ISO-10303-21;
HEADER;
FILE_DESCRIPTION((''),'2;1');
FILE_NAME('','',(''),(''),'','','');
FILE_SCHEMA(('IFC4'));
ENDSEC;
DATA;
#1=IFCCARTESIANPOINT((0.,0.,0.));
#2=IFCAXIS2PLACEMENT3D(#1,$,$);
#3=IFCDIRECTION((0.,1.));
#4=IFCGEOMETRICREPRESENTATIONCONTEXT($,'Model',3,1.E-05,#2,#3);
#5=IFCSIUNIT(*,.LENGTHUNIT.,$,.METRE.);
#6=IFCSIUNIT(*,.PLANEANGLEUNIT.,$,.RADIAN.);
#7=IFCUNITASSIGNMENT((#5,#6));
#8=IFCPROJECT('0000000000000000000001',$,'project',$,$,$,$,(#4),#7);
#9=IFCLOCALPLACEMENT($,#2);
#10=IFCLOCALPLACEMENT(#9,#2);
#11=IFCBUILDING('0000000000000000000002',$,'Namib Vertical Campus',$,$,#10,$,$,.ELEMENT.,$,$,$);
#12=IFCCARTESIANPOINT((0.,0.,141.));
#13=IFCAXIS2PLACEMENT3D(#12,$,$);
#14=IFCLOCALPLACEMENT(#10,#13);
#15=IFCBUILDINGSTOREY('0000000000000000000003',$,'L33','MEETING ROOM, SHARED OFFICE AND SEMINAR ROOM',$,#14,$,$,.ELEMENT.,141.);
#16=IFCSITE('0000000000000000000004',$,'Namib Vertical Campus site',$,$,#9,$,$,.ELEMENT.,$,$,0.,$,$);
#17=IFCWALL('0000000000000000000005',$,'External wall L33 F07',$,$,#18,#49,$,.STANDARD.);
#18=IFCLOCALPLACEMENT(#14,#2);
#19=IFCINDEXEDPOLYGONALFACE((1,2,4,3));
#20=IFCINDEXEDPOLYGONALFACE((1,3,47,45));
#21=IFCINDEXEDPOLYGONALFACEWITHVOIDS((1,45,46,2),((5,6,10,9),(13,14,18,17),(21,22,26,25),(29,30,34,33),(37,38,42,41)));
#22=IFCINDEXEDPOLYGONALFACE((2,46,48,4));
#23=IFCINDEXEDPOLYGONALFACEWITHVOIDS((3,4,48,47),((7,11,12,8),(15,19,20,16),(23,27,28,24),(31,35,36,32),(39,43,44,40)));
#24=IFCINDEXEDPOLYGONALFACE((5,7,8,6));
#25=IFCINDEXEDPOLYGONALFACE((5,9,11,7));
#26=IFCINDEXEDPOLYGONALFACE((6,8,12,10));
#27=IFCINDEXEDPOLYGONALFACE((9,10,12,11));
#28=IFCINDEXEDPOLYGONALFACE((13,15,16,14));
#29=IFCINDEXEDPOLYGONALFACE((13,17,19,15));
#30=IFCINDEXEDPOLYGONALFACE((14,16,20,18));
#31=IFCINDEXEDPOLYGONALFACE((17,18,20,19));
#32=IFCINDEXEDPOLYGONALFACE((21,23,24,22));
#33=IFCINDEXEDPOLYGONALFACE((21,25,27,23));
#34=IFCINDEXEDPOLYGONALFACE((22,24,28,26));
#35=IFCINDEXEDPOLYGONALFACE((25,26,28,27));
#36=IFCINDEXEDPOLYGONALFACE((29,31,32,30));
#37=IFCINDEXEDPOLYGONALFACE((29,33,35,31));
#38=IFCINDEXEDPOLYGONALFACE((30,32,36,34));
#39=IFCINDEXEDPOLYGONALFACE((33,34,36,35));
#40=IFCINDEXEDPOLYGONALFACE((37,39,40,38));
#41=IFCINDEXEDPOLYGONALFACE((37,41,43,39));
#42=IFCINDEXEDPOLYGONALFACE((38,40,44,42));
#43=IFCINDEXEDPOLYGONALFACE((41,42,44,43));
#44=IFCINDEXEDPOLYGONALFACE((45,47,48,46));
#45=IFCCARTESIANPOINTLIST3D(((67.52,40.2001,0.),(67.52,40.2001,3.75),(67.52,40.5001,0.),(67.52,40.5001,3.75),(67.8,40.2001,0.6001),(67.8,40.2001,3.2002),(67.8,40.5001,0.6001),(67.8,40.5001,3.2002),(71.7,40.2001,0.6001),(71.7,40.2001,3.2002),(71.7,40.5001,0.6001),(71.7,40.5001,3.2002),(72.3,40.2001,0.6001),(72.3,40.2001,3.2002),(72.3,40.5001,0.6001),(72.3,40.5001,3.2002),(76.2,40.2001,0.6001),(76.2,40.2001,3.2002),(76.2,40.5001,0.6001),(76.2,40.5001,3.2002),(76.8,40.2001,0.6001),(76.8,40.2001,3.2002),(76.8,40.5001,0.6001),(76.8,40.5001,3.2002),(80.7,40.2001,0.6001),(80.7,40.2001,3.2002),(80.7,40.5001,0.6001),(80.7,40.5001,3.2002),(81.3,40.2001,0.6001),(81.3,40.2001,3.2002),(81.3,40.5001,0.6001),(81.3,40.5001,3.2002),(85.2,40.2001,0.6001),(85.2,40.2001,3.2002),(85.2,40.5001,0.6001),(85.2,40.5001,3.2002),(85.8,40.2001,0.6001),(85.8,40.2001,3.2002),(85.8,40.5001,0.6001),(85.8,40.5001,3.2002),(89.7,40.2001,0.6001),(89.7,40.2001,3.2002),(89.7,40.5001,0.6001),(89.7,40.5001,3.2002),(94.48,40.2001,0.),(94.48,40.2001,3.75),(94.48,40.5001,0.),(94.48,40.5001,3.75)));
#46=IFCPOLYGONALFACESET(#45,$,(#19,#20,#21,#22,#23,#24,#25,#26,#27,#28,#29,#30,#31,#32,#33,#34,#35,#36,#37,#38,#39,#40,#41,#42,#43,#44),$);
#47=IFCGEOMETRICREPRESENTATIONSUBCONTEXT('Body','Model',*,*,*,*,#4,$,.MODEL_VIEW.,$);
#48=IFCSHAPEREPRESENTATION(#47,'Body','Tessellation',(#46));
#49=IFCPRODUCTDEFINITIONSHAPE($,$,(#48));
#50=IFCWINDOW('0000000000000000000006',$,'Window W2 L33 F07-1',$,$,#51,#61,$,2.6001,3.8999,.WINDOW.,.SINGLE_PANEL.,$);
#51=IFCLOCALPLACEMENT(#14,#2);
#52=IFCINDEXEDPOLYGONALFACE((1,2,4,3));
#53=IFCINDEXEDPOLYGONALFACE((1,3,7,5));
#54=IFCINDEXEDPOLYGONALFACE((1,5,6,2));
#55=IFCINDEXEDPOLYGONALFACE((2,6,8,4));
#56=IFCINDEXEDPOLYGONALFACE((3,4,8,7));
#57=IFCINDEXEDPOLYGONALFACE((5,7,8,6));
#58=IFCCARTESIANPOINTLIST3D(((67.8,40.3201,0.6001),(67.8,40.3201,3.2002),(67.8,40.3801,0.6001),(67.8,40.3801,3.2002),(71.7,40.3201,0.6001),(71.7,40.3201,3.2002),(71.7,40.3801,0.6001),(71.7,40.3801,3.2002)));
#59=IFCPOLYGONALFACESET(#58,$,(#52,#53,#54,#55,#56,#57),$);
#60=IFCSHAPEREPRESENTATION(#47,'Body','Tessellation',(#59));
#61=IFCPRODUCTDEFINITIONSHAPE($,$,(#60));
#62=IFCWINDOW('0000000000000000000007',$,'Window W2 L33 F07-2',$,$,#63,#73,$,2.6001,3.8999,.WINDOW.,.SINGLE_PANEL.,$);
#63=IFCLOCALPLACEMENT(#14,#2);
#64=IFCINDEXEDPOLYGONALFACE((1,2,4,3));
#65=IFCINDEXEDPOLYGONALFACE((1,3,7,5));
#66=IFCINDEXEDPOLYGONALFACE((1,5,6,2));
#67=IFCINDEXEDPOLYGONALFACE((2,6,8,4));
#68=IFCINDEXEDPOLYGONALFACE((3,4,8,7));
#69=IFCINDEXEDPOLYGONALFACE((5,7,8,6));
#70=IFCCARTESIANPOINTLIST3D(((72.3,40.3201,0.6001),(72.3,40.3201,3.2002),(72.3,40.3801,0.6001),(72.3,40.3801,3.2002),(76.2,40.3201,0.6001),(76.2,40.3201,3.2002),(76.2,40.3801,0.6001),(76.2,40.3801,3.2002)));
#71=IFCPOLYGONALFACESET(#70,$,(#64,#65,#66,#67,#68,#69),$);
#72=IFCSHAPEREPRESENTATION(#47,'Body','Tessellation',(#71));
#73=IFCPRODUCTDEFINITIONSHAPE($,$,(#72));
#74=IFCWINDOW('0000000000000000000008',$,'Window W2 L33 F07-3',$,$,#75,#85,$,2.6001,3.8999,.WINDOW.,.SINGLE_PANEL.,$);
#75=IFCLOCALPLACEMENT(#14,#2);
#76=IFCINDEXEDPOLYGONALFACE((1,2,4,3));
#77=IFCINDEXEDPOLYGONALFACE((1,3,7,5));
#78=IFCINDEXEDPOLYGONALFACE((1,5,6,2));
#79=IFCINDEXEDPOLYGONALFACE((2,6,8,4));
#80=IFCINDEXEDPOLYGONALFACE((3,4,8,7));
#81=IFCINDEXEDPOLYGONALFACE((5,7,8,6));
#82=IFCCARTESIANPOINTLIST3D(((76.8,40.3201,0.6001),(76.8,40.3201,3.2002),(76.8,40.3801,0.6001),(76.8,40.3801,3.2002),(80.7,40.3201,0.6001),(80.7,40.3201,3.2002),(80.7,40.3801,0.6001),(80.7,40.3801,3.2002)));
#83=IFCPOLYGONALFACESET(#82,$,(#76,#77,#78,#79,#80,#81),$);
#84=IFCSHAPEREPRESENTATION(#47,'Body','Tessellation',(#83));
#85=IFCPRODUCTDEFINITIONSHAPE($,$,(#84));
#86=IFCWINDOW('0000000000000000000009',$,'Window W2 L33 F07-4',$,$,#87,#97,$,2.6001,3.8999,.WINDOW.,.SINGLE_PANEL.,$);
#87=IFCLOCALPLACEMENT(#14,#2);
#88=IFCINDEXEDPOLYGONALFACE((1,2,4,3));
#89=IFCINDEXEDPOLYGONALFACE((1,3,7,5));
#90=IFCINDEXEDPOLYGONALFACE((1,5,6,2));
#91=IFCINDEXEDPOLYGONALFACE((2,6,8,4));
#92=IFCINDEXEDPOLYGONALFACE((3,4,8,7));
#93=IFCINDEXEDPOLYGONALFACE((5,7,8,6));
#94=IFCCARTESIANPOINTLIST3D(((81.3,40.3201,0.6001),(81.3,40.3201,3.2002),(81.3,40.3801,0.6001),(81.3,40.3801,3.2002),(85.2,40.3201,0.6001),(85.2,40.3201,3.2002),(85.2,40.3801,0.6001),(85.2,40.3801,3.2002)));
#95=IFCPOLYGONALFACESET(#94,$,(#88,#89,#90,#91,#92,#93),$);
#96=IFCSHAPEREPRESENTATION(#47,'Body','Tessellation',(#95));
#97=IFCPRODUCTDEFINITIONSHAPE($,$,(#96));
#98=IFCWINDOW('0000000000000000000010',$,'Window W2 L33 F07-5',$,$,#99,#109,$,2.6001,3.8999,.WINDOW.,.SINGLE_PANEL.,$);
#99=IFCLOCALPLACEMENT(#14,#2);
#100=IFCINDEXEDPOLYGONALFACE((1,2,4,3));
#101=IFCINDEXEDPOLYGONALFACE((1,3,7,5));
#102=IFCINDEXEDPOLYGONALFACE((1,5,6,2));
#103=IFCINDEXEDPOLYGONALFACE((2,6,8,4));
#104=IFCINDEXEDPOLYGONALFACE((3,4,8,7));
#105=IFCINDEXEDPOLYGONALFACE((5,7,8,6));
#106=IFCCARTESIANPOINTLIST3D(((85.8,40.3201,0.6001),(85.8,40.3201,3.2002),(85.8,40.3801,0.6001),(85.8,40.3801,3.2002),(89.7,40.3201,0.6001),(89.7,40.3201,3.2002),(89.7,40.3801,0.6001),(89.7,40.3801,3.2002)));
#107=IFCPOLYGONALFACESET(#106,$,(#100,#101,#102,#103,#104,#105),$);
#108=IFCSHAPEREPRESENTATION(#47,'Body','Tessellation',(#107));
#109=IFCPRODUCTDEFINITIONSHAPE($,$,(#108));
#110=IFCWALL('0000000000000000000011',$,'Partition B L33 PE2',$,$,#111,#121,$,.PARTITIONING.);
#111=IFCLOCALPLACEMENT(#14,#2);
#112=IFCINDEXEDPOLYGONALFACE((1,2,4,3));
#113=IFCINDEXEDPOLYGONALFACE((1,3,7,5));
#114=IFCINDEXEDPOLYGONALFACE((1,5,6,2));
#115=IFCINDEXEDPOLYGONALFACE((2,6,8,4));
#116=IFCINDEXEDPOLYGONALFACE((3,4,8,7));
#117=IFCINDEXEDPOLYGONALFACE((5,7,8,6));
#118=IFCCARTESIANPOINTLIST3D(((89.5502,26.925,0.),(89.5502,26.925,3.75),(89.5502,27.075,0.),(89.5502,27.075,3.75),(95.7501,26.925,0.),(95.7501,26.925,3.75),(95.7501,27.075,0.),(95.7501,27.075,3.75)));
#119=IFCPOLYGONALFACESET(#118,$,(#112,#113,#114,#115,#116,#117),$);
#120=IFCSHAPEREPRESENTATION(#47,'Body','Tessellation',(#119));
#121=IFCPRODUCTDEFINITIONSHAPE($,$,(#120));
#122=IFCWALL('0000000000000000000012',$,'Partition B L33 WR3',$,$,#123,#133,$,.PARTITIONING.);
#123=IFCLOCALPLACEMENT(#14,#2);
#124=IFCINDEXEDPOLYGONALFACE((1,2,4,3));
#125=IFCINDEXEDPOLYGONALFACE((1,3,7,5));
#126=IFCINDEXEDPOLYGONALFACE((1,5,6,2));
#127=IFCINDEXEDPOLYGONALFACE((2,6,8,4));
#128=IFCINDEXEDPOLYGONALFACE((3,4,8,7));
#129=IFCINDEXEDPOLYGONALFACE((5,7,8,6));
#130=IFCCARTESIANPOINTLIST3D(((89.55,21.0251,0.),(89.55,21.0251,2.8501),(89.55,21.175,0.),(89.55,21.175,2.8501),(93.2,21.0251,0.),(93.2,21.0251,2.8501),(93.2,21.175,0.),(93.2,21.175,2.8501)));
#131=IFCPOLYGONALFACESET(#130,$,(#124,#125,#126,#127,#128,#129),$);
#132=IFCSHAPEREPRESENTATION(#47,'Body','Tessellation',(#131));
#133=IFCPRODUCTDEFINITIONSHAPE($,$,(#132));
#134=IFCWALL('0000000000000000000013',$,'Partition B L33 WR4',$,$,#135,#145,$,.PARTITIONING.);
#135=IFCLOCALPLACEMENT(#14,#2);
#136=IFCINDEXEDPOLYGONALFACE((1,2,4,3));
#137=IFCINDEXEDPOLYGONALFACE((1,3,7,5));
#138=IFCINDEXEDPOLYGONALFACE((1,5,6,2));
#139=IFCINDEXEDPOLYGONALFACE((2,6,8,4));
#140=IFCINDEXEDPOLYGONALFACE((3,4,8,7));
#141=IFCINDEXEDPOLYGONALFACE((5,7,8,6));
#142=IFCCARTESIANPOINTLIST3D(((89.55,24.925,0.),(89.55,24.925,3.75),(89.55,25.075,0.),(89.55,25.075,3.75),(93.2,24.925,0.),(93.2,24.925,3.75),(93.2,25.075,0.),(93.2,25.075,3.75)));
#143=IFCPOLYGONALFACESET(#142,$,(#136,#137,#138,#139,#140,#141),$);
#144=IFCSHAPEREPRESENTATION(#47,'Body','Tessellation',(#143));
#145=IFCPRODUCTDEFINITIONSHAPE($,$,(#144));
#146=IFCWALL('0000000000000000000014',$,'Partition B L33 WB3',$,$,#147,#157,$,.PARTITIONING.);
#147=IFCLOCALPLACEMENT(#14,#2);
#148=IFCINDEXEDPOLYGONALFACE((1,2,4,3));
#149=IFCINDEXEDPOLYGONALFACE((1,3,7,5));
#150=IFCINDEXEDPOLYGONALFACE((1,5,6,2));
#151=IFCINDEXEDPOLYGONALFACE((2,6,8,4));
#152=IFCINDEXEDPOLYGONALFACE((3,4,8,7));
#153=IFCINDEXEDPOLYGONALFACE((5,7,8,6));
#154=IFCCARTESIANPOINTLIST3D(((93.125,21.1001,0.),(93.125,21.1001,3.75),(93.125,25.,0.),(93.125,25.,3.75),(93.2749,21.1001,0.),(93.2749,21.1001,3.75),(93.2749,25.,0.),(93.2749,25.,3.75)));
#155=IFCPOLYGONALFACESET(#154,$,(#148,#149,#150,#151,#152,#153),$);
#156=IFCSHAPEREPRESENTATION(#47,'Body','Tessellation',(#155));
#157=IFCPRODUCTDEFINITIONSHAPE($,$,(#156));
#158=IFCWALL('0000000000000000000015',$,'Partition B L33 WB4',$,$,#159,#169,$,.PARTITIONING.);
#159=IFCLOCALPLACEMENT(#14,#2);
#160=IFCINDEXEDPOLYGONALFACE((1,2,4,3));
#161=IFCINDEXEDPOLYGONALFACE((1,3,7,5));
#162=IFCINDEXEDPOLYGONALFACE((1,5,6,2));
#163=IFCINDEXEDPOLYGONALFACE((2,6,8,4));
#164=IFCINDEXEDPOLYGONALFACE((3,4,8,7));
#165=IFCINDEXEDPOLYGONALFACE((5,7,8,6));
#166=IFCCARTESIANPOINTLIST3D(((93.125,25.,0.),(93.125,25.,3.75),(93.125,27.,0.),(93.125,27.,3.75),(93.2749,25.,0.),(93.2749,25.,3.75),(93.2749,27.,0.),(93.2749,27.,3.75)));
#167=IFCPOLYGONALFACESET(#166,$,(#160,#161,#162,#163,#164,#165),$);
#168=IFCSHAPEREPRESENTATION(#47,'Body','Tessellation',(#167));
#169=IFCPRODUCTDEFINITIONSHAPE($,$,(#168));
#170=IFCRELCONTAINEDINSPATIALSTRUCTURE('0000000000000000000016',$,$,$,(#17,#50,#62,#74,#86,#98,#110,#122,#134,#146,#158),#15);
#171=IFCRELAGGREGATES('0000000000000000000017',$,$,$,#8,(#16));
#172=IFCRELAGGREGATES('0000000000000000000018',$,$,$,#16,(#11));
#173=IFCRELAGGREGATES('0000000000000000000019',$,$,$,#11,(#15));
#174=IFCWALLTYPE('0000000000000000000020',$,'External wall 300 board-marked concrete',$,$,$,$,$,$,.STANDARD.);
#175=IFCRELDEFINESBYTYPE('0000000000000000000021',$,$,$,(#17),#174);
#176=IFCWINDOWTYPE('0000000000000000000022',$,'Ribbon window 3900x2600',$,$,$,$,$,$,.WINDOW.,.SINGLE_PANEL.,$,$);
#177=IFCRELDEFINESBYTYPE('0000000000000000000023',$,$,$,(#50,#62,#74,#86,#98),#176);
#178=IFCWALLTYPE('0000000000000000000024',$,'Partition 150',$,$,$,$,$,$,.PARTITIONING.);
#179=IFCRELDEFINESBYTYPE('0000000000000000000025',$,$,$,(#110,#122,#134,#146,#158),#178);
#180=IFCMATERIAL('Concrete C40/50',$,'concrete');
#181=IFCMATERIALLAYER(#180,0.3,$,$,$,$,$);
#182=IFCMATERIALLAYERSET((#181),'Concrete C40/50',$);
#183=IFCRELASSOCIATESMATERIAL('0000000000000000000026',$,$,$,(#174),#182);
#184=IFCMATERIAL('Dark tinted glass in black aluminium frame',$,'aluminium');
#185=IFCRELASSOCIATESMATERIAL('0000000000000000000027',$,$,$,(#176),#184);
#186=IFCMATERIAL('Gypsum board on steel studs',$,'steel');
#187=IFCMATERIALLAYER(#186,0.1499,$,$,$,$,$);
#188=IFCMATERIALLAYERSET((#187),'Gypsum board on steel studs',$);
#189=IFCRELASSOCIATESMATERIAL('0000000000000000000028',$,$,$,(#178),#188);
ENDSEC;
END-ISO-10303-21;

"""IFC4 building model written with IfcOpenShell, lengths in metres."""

from ifc_helpers import new_model, si_unit, direction, frame, frame_2d, origin, place, context, subcontext, project, spatial, rectangle, extrude, material, layer, layer_set, type_object, element, fill, save


model = new_model("IFC4")

# Units and contexts
model_context = context("Model", 3, precision=1e-05, world=origin(), true_north=direction((0.0, 1.0)))
body_context = subcontext(model_context, "Body", "Model", "MODEL_VIEW")
ifc_project = project(units=[si_unit("LENGTHUNIT", "METRE"), si_unit("PLANEANGLEUNIT", "RADIAN")], contexts=[model_context])

# Site, building, storey
site_placement = place(None, origin())
site = spatial("IfcSite", under=ifc_project, at=site_placement, Name="Namib Vertical Campus site", CompositionType="ELEMENT", RefElevation=0.0)
building_placement = place(site_placement, origin())
building = spatial("IfcBuilding", under=site, at=building_placement, Name="Namib Vertical Campus", CompositionType="ELEMENT")
storey_placement = place(building_placement, frame((0.0, 0.0, 141.0)))
storey = spatial("IfcBuildingStorey", under=building, at=storey_placement, Name="L33", Description="MEETING ROOM, SHARED OFFICE AND SEMINAR ROOM", CompositionType="ELEMENT", Elevation=141.0)

# Shared definitions
ifc_material_1 = material(Name="Concrete C40/50", Category="concrete")
ifc_layer_1 = layer(ifc_material_1, 0.3)
ifc_layer_set_1 = layer_set([ifc_layer_1], Name="Concrete C40/50")
wall_type_1 = type_object("IfcWallType", Name="External wall 300 board-marked concrete", PredefinedType="STANDARD", material=ifc_layer_set_1)

# Wall, openings, windows
wall_1_placement = place(storey_placement, frame((94.48, 40.3501, 0.0), z_axis=(0.0, 0.0, 1.0), x_axis=(-1.0, 0.0, 0.0)))
wall_1 = element("IfcWall", 1, at=wall_1_placement, inside=storey, type_object=wall_type_1, Name="External wall L33 F07", PredefinedType="STANDARD", context=body_context, shape_type="SweptSolid", body=[
    extrude(rectangle(XDim=26.96, YDim=0.3, at=frame_2d((13.48, 0.0))), origin(), (0.0, 0.0, 1.0), 3.75),
])
opening_1_placement = place(wall_1_placement, frame((22.78, 0.0, 0.6001)))
opening_1 = element("IfcOpeningElement", 2, at=opening_1_placement, cuts=wall_1, PredefinedType="OPENING", context=body_context, shape_type="SweptSolid", body=[
    extrude(rectangle(XDim=3.8999, YDim=2.6001, at=frame_2d((1.95, 1.3))), frame((0.0, 0.1599, 0.0), z_axis=(0.0, -1.0, 0.0), x_axis=(1.0, 0.0, 0.0)), (0.0, 0.0, 1.0), 0.3201),
])
opening_2_placement = place(wall_1_placement, frame((18.28, 0.0, 0.6001)))
opening_2 = element("IfcOpeningElement", 3, at=opening_2_placement, cuts=wall_1, PredefinedType="OPENING", context=body_context, shape_type="SweptSolid", body=[
    extrude(rectangle(XDim=3.8999, YDim=2.6001, at=frame_2d((1.95, 1.3))), frame((0.0, 0.1599, 0.0), z_axis=(0.0, -1.0, 0.0), x_axis=(1.0, 0.0, 0.0)), (0.0, 0.0, 1.0), 0.3201),
])
opening_3_placement = place(wall_1_placement, frame((13.78, 0.0, 0.6001)))
opening_3 = element("IfcOpeningElement", 4, at=opening_3_placement, cuts=wall_1, PredefinedType="OPENING", context=body_context, shape_type="SweptSolid", body=[
    extrude(rectangle(XDim=3.8999, YDim=2.6001, at=frame_2d((1.95, 1.3))), frame((0.0, 0.1599, 0.0), z_axis=(0.0, -1.0, 0.0), x_axis=(1.0, 0.0, 0.0)), (0.0, 0.0, 1.0), 0.3201),
])
opening_4_placement = place(wall_1_placement, frame((9.28, 0.0, 0.6001)))
opening_4 = element("IfcOpeningElement", 5, at=opening_4_placement, cuts=wall_1, PredefinedType="OPENING", context=body_context, shape_type="SweptSolid", body=[
    extrude(rectangle(XDim=3.8999, YDim=2.6001, at=frame_2d((1.95, 1.3))), frame((0.0, 0.1599, 0.0), z_axis=(0.0, -1.0, 0.0), x_axis=(1.0, 0.0, 0.0)), (0.0, 0.0, 1.0), 0.3201),
])
opening_5_placement = place(wall_1_placement, frame((4.78, 0.0, 0.6001)))
opening_5 = element("IfcOpeningElement", 6, at=opening_5_placement, cuts=wall_1, PredefinedType="OPENING", context=body_context, shape_type="SweptSolid", body=[
    extrude(rectangle(XDim=3.8999, YDim=2.6001, at=frame_2d((1.95, 1.3))), frame((0.0, 0.1599, 0.0), z_axis=(0.0, -1.0, 0.0), x_axis=(1.0, 0.0, 0.0)), (0.0, 0.0, 1.0), 0.3201),
])
ifc_material_2 = material(Name="Dark tinted glass in black aluminium frame", Category="aluminium")
window_type = type_object("IfcWindowType", Name="Ribbon window 3900x2600", PartitioningType="SINGLE_PANEL", PredefinedType="WINDOW", material=ifc_material_2)
window_1_placement = place(opening_1_placement, origin())
window_1 = element("IfcWindow", 7, at=window_1_placement, inside=storey, type_object=window_type, Name="Window W2 L33 F07-1", OverallHeight=2.6001, OverallWidth=3.8999, PartitioningType="SINGLE_PANEL", PredefinedType="WINDOW", context=body_context, shape_type="SweptSolid", body=[
    extrude(rectangle(XDim=3.8999, YDim=2.6001, at=frame_2d((1.95, 1.3))), frame((0.0, 0.03, 0.0), z_axis=(0.0, -1.0, 0.0), x_axis=(1.0, 0.0, 0.0)), (0.0, 0.0, 1.0), 0.0601),
])
fill(opening_1, window_1)
window_2_placement = place(opening_2_placement, origin())
window_2 = element("IfcWindow", 8, at=window_2_placement, inside=storey, type_object=window_type, Name="Window W2 L33 F07-2", OverallHeight=2.6001, OverallWidth=3.8999, PartitioningType="SINGLE_PANEL", PredefinedType="WINDOW", context=body_context, shape_type="SweptSolid", body=[
    extrude(rectangle(XDim=3.8999, YDim=2.6001, at=frame_2d((1.95, 1.3))), frame((0.0, 0.03, 0.0), z_axis=(0.0, -1.0, 0.0), x_axis=(1.0, 0.0, 0.0)), (0.0, 0.0, 1.0), 0.0601),
])
fill(opening_2, window_2)
window_3_placement = place(opening_3_placement, origin())
window_3 = element("IfcWindow", 9, at=window_3_placement, inside=storey, type_object=window_type, Name="Window W2 L33 F07-3", OverallHeight=2.6001, OverallWidth=3.8999, PartitioningType="SINGLE_PANEL", PredefinedType="WINDOW", context=body_context, shape_type="SweptSolid", body=[
    extrude(rectangle(XDim=3.8999, YDim=2.6001, at=frame_2d((1.95, 1.3))), frame((0.0, 0.03, 0.0), z_axis=(0.0, -1.0, 0.0), x_axis=(1.0, 0.0, 0.0)), (0.0, 0.0, 1.0), 0.0601),
])
fill(opening_3, window_3)
window_4_placement = place(opening_4_placement, origin())
window_4 = element("IfcWindow", 10, at=window_4_placement, inside=storey, type_object=window_type, Name="Window W2 L33 F07-4", OverallHeight=2.6001, OverallWidth=3.8999, PartitioningType="SINGLE_PANEL", PredefinedType="WINDOW", context=body_context, shape_type="SweptSolid", body=[
    extrude(rectangle(XDim=3.8999, YDim=2.6001, at=frame_2d((1.95, 1.3))), frame((0.0, 0.03, 0.0), z_axis=(0.0, -1.0, 0.0), x_axis=(1.0, 0.0, 0.0)), (0.0, 0.0, 1.0), 0.0601),
])
fill(opening_4, window_4)
window_5_placement = place(opening_5_placement, origin())
window_5 = element("IfcWindow", 11, at=window_5_placement, inside=storey, type_object=window_type, Name="Window W2 L33 F07-5", OverallHeight=2.6001, OverallWidth=3.8999, PartitioningType="SINGLE_PANEL", PredefinedType="WINDOW", context=body_context, shape_type="SweptSolid", body=[
    extrude(rectangle(XDim=3.8999, YDim=2.6001, at=frame_2d((1.95, 1.3))), frame((0.0, 0.03, 0.0), z_axis=(0.0, -1.0, 0.0), x_axis=(1.0, 0.0, 0.0)), (0.0, 0.0, 1.0), 0.0601),
])
fill(opening_5, window_5)

# Walls
ifc_material_3 = material(Name="Gypsum board on steel studs", Category="steel")
ifc_layer_2 = layer(ifc_material_3, 0.1499)
ifc_layer_set_2 = layer_set([ifc_layer_2], Name="Gypsum board on steel studs")
wall_type_2 = type_object("IfcWallType", Name="Partition 150", PredefinedType="PARTITIONING", material=ifc_layer_set_2)
wall_2_placement = place(storey_placement, frame((89.55, 27.0, 0.0), z_axis=(0.0, 0.0, 1.0), x_axis=(1.0, 0.0, 0.0)))
element("IfcWall", 12, at=wall_2_placement, inside=storey, type_object=wall_type_2, Name="Partition B L33 PE2", PredefinedType="PARTITIONING", context=body_context, shape_type="SweptSolid", body=[
    extrude(rectangle(XDim=6.2, YDim=0.1499, at=frame_2d((3.1001, 0.0))), origin(), (0.0, 0.0, 1.0), 3.75),
])
wall_3_placement = place(storey_placement, frame((89.55, 21.1001, 0.0), z_axis=(0.0, 0.0, 1.0), x_axis=(1.0, 0.0, 0.0)))
element("IfcWall", 13, at=wall_3_placement, inside=storey, type_object=wall_type_2, Name="Partition B L33 WR3", PredefinedType="PARTITIONING", context=body_context, shape_type="SweptSolid", body=[
    extrude(rectangle(XDim=3.6499, YDim=0.1499, at=frame_2d((1.825, 0.0))), origin(), (0.0, 0.0, 1.0), 2.8501),
])
wall_4_placement = place(storey_placement, frame((89.55, 25.0, 0.0), z_axis=(0.0, 0.0, 1.0), x_axis=(1.0, 0.0, 0.0)))
element("IfcWall", 14, at=wall_4_placement, inside=storey, type_object=wall_type_2, Name="Partition B L33 WR4", PredefinedType="PARTITIONING", context=body_context, shape_type="SweptSolid", body=[
    extrude(rectangle(XDim=3.6499, YDim=0.1499, at=frame_2d((1.825, 0.0))), origin(), (0.0, 0.0, 1.0), 3.75),
])
wall_5_placement = place(storey_placement, frame((93.2, 21.1001, 0.0), z_axis=(0.0, 0.0, 1.0), x_axis=(0.0, 1.0, 0.0)))
element("IfcWall", 15, at=wall_5_placement, inside=storey, type_object=wall_type_2, Name="Partition B L33 WB3", PredefinedType="PARTITIONING", context=body_context, shape_type="SweptSolid", body=[
    extrude(rectangle(XDim=3.8999, YDim=0.1499, at=frame_2d((1.95, 0.0))), origin(), (0.0, 0.0, 1.0), 3.75),
])
wall_6_placement = place(storey_placement, frame((93.2, 25.0, 0.0), z_axis=(0.0, 0.0, 1.0), x_axis=(0.0, 1.0, 0.0)))
element("IfcWall", 16, at=wall_6_placement, inside=storey, type_object=wall_type_2, Name="Partition B L33 WB4", PredefinedType="PARTITIONING", context=body_context, shape_type="SweptSolid", body=[
    extrude(rectangle(XDim=2.0, YDim=0.1499, at=frame_2d((1.0, 0.0))), origin(), (0.0, 0.0, 1.0), 3.75),
])

save(model, "model.ifc")
